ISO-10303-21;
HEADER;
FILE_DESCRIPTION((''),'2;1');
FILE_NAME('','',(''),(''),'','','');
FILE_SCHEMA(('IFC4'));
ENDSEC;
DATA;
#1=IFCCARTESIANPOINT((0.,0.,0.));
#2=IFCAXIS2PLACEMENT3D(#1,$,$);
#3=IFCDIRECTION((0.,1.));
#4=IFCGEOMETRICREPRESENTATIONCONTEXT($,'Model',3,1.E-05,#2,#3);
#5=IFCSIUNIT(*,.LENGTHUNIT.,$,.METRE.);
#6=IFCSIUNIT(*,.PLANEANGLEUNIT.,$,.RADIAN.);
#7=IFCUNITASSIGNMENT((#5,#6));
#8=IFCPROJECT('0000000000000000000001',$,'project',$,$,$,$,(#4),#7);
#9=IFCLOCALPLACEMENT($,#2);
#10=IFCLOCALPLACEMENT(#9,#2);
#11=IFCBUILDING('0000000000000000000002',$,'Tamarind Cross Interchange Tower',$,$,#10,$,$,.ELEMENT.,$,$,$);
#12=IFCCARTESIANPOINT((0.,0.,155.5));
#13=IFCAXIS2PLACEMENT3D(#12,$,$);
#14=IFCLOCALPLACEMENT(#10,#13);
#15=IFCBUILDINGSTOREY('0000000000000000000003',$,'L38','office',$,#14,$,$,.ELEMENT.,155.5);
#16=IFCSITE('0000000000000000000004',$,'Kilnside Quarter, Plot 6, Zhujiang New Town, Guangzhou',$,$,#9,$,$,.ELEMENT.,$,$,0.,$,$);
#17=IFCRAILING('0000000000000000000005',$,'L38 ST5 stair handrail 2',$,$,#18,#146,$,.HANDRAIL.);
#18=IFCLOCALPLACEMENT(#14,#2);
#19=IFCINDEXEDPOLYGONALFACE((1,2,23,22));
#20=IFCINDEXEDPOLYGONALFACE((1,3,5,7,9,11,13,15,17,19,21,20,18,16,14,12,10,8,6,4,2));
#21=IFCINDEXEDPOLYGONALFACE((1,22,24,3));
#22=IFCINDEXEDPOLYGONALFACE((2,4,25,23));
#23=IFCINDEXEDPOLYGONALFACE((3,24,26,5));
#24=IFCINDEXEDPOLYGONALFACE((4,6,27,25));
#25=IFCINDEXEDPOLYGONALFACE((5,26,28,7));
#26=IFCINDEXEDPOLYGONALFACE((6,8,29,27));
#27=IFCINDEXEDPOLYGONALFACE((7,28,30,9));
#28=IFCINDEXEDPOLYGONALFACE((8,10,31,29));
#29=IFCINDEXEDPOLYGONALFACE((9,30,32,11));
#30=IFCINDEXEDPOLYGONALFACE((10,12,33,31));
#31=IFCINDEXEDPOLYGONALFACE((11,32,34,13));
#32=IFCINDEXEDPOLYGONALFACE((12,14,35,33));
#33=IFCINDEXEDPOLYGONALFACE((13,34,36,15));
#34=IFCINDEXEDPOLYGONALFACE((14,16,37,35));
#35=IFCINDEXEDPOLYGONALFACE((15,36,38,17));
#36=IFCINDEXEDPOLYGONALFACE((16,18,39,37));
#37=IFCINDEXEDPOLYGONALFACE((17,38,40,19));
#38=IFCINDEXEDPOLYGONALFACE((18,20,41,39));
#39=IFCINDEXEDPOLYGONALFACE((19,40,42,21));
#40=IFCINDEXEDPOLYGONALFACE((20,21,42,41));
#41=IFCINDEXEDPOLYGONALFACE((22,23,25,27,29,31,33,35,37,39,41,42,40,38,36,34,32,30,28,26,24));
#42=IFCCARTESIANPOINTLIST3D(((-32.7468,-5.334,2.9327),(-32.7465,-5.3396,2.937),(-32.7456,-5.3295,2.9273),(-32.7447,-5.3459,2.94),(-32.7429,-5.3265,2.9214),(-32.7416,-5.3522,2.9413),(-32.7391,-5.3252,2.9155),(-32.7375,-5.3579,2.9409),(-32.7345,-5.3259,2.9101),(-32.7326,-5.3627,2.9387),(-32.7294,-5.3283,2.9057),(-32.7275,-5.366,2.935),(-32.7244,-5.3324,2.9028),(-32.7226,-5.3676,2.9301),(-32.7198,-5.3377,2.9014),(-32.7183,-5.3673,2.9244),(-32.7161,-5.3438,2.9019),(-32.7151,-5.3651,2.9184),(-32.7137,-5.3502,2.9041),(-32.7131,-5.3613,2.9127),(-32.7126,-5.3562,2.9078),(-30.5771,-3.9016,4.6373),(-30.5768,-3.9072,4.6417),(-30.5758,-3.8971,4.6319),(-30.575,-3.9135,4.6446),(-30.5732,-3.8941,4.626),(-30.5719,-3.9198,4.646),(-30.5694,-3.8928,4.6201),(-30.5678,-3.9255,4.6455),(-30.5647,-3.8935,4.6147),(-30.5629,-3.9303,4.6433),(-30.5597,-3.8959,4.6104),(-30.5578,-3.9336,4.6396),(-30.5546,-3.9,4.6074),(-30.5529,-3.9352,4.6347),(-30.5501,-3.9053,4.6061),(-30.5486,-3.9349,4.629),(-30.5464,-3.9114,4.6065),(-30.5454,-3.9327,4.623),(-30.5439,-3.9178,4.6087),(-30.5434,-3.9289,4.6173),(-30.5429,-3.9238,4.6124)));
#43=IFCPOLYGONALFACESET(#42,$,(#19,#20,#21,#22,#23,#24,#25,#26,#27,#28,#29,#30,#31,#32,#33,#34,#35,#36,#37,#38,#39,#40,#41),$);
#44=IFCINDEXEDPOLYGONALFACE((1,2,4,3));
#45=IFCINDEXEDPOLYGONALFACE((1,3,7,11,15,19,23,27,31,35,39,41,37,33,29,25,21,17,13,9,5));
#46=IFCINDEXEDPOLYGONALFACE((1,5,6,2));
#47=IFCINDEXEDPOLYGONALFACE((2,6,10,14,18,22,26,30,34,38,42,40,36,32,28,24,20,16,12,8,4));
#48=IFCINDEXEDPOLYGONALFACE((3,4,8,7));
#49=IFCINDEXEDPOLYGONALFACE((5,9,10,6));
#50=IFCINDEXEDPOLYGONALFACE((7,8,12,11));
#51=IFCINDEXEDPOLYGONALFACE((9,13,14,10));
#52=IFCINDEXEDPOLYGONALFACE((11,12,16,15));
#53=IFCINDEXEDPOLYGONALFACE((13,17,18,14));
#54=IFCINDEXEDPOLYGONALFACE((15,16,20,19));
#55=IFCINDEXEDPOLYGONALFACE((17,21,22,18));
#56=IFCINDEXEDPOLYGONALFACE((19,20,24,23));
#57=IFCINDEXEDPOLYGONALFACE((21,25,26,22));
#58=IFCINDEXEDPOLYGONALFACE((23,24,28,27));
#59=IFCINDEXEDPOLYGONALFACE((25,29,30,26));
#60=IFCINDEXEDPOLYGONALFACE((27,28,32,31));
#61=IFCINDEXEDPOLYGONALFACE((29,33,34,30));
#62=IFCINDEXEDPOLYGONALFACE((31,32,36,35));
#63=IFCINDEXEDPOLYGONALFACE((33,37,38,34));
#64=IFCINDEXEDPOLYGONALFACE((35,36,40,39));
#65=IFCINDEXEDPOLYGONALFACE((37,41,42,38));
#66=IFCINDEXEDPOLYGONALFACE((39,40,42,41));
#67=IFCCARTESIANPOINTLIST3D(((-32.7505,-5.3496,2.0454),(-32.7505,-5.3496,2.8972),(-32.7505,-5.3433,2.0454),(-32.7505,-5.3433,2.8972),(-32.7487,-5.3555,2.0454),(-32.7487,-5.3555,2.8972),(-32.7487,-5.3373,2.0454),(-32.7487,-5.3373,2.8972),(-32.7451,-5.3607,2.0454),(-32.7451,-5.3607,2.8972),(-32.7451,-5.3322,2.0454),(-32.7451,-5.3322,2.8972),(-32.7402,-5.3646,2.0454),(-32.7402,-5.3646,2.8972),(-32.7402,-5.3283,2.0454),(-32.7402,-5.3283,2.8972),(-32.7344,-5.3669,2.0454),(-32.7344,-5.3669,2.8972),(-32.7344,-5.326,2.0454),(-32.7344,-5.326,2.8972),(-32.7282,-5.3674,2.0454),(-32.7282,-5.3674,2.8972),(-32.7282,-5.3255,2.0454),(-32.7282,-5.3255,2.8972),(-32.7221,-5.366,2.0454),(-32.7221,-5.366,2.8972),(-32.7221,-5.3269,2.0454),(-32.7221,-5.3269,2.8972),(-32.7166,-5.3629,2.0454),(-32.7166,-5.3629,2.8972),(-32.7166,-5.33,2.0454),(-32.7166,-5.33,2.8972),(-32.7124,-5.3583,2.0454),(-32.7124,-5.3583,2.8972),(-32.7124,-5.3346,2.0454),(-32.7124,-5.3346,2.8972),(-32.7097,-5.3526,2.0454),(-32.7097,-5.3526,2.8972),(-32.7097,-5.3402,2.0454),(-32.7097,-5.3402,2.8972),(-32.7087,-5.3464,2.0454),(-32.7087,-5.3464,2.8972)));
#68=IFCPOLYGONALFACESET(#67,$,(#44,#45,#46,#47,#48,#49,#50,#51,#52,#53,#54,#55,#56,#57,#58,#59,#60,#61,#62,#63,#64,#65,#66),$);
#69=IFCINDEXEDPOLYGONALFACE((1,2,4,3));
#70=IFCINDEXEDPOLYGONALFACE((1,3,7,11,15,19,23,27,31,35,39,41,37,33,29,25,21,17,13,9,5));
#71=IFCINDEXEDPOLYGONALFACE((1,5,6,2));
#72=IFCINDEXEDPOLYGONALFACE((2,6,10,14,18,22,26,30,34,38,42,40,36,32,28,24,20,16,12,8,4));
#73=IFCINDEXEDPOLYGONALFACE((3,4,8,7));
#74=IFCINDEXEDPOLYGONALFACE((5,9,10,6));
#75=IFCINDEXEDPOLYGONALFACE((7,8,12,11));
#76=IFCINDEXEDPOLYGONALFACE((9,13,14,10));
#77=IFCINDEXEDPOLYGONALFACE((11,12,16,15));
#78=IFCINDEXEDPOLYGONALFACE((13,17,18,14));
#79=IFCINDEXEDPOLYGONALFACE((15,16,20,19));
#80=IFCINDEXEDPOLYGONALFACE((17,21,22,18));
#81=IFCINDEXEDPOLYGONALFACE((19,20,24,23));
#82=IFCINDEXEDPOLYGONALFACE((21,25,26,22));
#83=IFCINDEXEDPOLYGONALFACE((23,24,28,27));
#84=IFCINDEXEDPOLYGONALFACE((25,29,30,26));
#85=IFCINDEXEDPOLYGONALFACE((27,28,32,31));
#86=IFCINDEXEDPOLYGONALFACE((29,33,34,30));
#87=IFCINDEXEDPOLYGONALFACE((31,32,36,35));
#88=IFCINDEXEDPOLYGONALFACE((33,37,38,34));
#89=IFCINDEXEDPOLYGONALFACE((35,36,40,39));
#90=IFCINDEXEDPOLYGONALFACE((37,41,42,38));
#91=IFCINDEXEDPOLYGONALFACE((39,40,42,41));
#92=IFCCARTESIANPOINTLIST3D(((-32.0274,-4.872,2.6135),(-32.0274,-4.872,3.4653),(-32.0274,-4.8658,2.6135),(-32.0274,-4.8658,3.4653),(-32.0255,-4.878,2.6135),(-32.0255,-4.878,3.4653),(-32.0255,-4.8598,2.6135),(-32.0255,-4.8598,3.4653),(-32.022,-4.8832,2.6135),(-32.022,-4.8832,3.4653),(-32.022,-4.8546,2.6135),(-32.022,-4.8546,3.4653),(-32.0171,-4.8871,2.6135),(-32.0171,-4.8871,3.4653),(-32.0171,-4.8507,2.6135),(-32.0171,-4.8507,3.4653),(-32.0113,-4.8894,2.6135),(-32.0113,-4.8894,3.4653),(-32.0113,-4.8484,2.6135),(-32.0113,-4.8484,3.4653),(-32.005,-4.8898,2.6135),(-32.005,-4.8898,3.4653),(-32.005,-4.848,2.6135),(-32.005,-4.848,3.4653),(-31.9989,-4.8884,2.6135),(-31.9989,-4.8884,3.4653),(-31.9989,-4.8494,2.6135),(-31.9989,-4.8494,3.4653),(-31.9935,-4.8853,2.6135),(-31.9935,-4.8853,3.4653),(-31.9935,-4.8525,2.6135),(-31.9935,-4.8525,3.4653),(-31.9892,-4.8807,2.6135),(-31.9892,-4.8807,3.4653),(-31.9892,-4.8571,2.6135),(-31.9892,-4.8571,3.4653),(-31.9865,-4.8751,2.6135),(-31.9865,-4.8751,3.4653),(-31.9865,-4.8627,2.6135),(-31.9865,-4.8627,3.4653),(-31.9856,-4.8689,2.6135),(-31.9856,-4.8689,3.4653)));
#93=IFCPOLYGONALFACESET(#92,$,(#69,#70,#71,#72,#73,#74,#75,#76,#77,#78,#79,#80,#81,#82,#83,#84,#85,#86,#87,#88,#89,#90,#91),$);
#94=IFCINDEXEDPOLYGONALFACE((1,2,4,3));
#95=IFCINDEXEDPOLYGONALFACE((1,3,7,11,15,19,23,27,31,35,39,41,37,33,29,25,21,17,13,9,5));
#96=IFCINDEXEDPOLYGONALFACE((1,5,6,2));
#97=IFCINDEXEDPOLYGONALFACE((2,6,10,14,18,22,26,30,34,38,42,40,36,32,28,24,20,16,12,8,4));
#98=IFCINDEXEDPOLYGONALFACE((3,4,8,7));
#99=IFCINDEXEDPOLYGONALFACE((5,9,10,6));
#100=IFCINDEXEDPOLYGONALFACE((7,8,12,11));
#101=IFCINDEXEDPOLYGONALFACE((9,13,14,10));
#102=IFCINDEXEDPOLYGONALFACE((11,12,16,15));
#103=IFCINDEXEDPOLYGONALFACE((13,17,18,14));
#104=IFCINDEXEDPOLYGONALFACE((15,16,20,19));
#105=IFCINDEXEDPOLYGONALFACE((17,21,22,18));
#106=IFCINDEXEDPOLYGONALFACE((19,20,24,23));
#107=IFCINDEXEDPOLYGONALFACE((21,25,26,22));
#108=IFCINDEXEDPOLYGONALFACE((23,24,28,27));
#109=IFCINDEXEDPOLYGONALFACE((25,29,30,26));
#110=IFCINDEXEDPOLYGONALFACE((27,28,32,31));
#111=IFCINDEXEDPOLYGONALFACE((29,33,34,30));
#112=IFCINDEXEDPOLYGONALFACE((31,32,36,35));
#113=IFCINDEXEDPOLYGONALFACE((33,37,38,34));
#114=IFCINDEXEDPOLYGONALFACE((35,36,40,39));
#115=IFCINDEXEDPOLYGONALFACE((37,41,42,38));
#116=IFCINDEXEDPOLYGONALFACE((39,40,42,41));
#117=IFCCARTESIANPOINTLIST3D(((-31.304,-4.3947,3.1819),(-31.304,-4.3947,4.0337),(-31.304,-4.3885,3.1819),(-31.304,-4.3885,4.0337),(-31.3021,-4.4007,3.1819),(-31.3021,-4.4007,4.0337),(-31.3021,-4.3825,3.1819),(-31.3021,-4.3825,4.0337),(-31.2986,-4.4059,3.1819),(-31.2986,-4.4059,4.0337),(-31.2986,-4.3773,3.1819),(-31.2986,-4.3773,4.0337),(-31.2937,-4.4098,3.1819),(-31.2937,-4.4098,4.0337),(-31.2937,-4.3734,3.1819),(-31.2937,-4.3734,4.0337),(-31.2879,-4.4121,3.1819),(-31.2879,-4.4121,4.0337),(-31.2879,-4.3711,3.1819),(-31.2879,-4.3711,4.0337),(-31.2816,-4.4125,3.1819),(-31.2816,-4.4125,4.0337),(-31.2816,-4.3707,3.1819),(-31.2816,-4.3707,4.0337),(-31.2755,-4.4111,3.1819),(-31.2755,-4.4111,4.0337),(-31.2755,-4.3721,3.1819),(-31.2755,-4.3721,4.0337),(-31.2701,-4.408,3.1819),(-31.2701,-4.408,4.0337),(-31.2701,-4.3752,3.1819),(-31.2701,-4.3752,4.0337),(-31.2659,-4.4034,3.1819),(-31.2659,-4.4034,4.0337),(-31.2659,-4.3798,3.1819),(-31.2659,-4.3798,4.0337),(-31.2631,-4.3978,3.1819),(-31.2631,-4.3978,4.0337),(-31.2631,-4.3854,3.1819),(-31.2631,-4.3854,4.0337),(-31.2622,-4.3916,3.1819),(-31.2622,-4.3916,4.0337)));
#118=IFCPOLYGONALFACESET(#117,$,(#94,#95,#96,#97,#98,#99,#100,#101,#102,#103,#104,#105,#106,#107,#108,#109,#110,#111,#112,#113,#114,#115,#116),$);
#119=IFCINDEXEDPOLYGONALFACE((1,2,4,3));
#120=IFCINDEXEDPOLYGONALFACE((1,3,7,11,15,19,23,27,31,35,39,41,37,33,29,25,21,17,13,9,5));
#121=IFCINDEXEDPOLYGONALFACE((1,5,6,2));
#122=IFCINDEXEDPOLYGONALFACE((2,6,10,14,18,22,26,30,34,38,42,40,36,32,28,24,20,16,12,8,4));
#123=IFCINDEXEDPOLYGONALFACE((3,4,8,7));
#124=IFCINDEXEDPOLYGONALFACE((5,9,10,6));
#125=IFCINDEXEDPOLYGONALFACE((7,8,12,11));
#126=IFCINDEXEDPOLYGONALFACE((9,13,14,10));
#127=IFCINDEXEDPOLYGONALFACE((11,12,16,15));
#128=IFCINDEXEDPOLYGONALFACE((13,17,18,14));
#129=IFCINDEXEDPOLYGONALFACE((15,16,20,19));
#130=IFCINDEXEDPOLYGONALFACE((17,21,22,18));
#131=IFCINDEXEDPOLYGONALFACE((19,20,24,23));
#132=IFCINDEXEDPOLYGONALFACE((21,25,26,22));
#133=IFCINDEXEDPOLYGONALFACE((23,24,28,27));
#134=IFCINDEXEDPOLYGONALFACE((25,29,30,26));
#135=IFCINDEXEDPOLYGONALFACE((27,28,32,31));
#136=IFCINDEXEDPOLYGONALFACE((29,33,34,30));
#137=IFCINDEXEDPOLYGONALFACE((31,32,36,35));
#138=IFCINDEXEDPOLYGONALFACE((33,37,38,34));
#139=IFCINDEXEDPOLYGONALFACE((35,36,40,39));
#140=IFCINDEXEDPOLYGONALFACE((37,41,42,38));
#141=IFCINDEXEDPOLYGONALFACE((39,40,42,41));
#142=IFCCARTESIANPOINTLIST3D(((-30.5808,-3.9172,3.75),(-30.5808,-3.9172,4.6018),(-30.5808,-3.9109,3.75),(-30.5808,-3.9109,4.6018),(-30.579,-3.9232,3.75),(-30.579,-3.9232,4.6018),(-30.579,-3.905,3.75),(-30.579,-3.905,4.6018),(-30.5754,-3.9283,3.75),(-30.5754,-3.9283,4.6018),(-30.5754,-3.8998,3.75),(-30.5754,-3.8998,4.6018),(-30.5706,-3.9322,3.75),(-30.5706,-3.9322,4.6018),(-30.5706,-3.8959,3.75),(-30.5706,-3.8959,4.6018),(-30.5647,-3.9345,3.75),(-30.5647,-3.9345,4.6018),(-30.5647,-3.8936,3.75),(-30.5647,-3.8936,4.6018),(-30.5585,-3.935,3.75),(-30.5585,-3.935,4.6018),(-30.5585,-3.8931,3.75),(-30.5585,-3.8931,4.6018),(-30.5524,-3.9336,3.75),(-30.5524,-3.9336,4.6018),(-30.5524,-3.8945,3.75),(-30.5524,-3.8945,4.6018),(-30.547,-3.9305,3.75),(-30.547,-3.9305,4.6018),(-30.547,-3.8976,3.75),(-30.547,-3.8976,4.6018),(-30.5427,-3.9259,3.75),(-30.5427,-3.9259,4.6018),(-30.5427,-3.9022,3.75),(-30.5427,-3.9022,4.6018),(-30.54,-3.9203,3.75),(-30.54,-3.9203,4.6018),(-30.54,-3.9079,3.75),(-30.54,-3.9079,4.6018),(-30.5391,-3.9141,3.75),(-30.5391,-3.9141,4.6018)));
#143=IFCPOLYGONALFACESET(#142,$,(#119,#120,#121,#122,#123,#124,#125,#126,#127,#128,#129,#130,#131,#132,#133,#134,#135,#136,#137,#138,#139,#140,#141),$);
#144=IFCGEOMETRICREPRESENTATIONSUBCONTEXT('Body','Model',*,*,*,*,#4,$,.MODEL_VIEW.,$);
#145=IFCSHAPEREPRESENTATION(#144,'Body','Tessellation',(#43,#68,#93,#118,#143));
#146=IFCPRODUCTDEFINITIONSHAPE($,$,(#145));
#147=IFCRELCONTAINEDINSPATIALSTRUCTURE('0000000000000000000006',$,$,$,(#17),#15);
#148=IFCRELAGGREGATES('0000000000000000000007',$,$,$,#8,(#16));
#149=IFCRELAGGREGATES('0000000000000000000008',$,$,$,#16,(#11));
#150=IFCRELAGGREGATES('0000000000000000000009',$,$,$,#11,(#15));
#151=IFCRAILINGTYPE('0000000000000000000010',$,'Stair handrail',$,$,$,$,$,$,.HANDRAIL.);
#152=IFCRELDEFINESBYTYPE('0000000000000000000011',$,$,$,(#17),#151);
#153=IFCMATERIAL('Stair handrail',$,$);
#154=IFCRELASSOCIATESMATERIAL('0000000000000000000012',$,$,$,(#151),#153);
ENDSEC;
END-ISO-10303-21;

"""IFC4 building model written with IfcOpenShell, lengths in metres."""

from ifc_helpers import new_model, si_unit, direction, frame, origin, origin_2d, place, context, subcontext, project, spatial, circle, extrude, material, type_object, element, save


model = new_model("IFC4")

# Units and contexts
model_context = context("Model", 3, precision=1e-05, world=origin(), true_north=direction((0.0, 1.0)))
body_context = subcontext(model_context, "Body", "Model", "MODEL_VIEW")
ifc_project = project(units=[si_unit("LENGTHUNIT", "METRE"), si_unit("PLANEANGLEUNIT", "RADIAN")], contexts=[model_context])

# Site, building, storey
site_placement = place(None, origin())
site = spatial("IfcSite", under=ifc_project, at=site_placement, Name="Kilnside Quarter, Plot 6, Zhujiang New Town, Guangzhou", CompositionType="ELEMENT", RefElevation=0.0)
building_placement = place(site_placement, origin())
building = spatial("IfcBuilding", under=site, at=building_placement, Name="Tamarind Cross Interchange Tower", CompositionType="ELEMENT")
storey_placement = place(building_placement, frame((0.0, 0.0, 155.5)))
storey = spatial("IfcBuildingStorey", under=building, at=storey_placement, Name="L38", Description="office", CompositionType="ELEMENT", Elevation=155.5)

# Railing
ifc_material_1 = material(Name="Stair handrail")
railing_type_1 = type_object("IfcRailingType", Name="Stair handrail", PredefinedType="HANDRAIL", material=ifc_material_1)
railing_1_placement = place(storey_placement, frame((-32.7297, -5.3464, 2.0454)))
element("IfcRailing", 1, at=railing_1_placement, inside=storey, type_object=railing_type_1, Name="L38 ST5 stair handrail 2", PredefinedType="HANDRAIL", context=body_context, shape_type="SweptSolid", body=[
    extrude(circle(Radius=0.0239, at=origin_2d()), frame((0.0, 0.0, 0.876), z_axis=(0.697908, 0.460744, 0.548306), x_axis=(-0.550946, 0.834541, 0.0)), (0.0, 0.0, 1.0), 3.1089),
    extrude(circle(Radius=0.021, at=origin_2d()), origin(), (0.0, 0.0, 1.0), 0.8518),
    extrude(circle(Radius=0.021, at=origin_2d()), frame((0.7231, 0.4775, 0.5681)), (0.0, 0.0, 1.0), 0.8518),
    extrude(circle(Radius=0.021, at=origin_2d()), frame((1.4465, 0.9548, 1.1365)), (0.0, 0.0, 1.0), 0.8518),
    extrude(circle(Radius=0.021, at=origin_2d()), frame((2.1697, 1.4324, 1.7046)), (0.0, 0.0, 1.0), 0.8518),
])

save(model, "model.ifc")
